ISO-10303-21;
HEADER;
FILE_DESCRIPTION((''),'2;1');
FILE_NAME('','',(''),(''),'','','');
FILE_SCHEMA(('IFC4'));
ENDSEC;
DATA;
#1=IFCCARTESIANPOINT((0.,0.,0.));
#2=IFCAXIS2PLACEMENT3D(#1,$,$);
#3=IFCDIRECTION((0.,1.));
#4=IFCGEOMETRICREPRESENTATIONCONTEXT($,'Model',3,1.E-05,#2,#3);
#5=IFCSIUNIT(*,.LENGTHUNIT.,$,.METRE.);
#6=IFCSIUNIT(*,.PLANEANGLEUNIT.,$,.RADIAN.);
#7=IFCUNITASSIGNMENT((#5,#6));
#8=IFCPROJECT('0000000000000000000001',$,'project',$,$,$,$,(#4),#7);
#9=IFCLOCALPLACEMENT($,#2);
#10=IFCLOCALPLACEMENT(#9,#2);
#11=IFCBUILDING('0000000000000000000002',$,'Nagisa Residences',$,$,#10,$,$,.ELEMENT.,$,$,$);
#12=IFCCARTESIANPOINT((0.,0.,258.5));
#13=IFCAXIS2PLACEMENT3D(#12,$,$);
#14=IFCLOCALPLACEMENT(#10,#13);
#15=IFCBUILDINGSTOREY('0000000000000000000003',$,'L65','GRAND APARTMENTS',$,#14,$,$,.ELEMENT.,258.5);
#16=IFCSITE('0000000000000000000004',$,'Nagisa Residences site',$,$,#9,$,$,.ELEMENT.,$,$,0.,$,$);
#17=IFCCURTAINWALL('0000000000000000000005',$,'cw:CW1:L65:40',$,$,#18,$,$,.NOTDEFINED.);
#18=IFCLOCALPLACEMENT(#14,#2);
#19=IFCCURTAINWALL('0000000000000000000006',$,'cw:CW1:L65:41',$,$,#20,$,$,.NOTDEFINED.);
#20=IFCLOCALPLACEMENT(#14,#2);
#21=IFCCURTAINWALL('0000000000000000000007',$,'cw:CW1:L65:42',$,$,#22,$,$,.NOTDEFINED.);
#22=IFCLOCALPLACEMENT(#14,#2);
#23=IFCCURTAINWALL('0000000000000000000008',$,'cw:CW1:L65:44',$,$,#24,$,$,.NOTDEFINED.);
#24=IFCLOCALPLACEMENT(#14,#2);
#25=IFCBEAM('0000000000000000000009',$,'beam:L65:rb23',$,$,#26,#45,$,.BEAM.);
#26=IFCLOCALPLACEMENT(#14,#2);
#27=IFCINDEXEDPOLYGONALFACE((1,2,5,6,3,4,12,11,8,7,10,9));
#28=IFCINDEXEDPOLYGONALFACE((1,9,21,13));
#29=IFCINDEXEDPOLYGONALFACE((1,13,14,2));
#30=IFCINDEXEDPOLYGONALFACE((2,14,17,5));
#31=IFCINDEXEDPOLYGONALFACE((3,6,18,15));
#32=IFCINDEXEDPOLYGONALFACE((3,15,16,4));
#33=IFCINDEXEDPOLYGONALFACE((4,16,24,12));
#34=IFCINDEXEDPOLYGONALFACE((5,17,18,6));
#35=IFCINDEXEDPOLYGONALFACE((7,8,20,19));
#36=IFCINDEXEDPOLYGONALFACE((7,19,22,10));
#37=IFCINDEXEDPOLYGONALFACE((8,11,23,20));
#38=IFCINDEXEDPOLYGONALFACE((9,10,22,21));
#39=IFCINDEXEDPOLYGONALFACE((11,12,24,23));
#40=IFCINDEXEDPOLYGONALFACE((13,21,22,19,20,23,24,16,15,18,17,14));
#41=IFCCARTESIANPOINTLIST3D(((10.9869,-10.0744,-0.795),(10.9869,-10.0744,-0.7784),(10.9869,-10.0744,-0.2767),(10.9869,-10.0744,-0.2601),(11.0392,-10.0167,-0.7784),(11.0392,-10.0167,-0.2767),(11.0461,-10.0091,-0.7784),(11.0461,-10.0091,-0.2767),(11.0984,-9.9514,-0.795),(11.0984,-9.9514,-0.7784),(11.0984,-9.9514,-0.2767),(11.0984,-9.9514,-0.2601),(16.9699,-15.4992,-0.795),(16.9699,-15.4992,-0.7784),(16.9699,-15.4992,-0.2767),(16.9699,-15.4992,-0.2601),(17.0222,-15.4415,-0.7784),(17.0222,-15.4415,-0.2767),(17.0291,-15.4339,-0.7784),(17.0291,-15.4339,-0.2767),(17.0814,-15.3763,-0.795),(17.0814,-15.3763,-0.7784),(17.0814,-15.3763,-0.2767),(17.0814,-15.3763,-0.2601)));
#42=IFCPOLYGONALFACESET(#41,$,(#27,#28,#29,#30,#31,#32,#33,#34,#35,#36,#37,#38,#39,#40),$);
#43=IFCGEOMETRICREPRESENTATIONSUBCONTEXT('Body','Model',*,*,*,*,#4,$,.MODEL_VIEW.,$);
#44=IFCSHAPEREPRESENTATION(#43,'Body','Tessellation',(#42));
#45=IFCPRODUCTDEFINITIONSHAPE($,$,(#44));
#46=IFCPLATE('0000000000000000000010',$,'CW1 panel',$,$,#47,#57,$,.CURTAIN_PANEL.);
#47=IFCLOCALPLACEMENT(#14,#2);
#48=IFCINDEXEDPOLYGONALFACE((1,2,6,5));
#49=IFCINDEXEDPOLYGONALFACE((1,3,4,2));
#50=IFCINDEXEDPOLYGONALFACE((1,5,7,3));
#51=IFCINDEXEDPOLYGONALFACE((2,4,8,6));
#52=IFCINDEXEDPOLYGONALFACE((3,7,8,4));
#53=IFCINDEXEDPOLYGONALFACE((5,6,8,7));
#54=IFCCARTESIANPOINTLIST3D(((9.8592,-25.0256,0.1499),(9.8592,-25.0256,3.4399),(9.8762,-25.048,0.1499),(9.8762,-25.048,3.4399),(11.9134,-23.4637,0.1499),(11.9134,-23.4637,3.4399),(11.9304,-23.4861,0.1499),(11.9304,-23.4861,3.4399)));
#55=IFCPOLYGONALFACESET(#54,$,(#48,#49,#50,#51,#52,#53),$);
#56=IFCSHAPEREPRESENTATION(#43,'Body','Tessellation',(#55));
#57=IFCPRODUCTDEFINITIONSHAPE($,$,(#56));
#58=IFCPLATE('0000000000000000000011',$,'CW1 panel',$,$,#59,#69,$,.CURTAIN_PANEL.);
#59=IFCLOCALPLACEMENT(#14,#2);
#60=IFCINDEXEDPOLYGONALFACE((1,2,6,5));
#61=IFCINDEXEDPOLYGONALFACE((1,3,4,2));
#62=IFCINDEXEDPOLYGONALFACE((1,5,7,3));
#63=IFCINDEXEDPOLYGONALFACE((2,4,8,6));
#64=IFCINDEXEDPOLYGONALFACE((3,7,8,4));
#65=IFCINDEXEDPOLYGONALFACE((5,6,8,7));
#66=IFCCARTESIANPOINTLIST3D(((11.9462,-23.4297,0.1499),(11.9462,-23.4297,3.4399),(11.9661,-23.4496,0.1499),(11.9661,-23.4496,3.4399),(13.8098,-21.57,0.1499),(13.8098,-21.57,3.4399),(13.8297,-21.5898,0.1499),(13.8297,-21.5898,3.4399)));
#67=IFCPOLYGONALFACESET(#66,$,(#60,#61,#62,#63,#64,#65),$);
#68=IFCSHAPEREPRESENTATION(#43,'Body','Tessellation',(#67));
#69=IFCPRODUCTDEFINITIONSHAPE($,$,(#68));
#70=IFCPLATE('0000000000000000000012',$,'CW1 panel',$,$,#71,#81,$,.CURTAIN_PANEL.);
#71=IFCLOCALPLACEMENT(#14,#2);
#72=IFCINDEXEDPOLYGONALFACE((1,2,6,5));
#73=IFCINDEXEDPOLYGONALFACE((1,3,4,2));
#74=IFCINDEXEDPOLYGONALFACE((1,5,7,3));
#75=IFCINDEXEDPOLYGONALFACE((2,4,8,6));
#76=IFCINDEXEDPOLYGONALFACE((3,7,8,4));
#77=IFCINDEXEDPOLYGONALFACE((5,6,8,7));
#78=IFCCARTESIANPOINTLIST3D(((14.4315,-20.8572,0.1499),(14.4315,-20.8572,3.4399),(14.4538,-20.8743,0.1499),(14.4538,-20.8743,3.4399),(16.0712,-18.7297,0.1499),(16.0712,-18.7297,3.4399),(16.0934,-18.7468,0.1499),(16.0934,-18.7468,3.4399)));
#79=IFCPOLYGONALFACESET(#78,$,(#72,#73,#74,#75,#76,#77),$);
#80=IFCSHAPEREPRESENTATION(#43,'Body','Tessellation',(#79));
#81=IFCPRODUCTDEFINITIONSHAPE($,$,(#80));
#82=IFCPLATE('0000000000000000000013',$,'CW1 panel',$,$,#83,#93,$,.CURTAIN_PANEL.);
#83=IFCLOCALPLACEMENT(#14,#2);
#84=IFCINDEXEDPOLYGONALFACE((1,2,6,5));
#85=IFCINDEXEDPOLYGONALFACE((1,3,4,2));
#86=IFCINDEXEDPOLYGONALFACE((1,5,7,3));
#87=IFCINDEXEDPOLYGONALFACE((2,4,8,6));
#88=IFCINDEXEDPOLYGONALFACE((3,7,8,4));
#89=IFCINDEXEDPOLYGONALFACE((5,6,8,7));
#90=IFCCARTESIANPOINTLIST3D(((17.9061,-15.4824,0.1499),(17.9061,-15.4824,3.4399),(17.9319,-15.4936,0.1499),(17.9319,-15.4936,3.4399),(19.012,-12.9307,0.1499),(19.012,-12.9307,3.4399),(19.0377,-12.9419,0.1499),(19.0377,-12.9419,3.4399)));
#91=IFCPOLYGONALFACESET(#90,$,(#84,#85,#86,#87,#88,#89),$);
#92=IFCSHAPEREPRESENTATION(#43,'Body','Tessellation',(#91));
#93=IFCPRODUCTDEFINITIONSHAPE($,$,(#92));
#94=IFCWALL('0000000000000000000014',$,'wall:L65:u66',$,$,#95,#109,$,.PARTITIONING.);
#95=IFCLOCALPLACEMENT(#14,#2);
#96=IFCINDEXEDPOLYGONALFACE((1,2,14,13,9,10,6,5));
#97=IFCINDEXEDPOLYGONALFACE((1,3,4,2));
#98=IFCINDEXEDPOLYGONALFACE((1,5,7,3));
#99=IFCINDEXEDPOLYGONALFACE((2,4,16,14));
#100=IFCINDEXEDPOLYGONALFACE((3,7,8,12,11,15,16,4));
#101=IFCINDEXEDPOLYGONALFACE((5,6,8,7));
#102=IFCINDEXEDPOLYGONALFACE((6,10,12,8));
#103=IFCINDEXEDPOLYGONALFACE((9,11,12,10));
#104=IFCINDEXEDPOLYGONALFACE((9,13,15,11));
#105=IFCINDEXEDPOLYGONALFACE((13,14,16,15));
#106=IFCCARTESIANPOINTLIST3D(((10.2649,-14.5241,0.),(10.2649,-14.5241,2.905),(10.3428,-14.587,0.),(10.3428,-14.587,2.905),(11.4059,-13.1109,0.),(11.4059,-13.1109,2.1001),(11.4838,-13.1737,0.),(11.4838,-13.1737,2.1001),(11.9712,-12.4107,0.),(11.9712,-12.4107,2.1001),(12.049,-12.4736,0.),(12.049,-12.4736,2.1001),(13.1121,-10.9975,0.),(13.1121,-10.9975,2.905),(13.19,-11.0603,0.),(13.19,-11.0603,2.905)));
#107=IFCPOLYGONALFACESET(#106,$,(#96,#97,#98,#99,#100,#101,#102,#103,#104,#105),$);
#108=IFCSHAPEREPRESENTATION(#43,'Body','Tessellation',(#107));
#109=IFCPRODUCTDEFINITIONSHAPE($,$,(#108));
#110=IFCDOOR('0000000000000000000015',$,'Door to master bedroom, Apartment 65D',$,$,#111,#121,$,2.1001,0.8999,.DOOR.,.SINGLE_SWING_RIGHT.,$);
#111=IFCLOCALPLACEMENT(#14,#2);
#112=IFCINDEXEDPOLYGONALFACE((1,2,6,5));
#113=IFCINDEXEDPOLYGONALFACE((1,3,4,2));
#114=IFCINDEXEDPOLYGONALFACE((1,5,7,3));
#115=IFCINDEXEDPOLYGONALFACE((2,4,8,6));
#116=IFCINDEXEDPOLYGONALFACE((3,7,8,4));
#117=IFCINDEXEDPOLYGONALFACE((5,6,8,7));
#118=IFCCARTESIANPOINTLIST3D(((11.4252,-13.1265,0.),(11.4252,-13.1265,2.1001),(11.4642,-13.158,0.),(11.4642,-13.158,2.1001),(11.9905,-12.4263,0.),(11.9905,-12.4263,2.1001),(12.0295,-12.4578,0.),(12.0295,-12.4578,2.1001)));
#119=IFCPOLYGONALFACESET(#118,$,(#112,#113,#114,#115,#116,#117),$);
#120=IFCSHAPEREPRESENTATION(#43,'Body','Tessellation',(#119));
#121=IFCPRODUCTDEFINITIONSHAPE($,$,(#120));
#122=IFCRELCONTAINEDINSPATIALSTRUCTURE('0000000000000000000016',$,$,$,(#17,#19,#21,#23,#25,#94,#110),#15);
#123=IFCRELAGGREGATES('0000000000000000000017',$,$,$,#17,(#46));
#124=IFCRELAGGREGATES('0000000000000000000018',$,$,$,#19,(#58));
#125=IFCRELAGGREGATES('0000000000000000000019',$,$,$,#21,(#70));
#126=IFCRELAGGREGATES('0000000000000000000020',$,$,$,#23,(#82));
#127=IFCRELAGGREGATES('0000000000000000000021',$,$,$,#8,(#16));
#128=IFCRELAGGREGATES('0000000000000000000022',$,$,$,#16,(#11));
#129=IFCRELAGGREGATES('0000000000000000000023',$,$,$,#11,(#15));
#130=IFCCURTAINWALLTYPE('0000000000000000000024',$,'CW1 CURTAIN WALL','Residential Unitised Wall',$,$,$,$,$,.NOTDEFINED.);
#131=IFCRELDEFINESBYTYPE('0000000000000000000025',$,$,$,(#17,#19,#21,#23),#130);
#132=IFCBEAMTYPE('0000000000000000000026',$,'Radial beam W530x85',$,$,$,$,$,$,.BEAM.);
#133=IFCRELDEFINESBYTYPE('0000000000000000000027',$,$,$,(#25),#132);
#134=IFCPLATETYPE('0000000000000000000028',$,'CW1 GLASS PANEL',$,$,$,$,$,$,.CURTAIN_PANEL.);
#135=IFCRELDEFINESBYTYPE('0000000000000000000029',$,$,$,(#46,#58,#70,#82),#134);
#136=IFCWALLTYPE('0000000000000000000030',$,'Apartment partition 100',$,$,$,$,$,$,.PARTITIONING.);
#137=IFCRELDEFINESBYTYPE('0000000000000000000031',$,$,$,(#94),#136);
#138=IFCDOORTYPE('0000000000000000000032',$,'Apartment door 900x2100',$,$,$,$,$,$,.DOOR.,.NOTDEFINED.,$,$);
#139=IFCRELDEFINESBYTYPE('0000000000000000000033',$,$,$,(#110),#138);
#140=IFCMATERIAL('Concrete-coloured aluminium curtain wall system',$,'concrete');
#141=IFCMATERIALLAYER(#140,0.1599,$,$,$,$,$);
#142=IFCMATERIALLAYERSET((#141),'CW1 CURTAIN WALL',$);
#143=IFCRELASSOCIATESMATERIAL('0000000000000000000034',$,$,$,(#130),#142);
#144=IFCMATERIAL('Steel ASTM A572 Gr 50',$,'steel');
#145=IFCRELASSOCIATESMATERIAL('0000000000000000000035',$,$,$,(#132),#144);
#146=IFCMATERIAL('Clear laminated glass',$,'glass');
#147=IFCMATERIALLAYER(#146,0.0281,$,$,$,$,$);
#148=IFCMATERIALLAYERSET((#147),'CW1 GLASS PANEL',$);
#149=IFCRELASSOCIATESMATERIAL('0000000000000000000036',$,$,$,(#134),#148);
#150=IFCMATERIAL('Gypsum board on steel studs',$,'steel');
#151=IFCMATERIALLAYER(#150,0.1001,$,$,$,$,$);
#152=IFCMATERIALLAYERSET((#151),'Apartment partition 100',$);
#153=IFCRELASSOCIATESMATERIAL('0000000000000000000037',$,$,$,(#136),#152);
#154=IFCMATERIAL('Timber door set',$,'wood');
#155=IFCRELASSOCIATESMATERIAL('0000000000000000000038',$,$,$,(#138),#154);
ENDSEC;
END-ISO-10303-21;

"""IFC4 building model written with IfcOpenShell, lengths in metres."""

from ifc_helpers import new_model, si_unit, direction, frame, frame_2d, origin, origin_2d, place, context, subcontext, project, spatial, rectangle, i_section, extrude, material, layer, layer_set, material_profile, profile_set, type_object, element, fill, aggregate, save


model = new_model("IFC4")

# Units and contexts
model_context = context("Model", 3, precision=1e-05, world=origin(), true_north=direction((0.0, 1.0)))
body_context = subcontext(model_context, "Body", "Model", "MODEL_VIEW")
ifc_project = project(units=[si_unit("LENGTHUNIT", "METRE"), si_unit("PLANEANGLEUNIT", "RADIAN")], contexts=[model_context])

# Site, building, storey
site_placement = place(None, origin())
site = spatial("IfcSite", under=ifc_project, at=site_placement, Name="Nagisa Residences site", CompositionType="ELEMENT", RefElevation=0.0)
building_placement = place(site_placement, origin())
building = spatial("IfcBuilding", under=site, at=building_placement, Name="Nagisa Residences", CompositionType="ELEMENT")
storey_placement = place(building_placement, frame((0.0, 0.0, 258.5)))
storey = spatial("IfcBuildingStorey", under=building, at=storey_placement, Name="L65", Description="GRAND APARTMENTS", CompositionType="ELEMENT", Elevation=258.5)

# Curtain walls
ifc_material_1 = material(Name="Concrete-coloured aluminium curtain wall system", Category="concrete")
ifc_layer_1 = layer(ifc_material_1, 0.1599)
ifc_layer_set_1 = layer_set([ifc_layer_1], Name="CW1 CURTAIN WALL")
curtain_wall_type = type_object("IfcCurtainWallType", Name="CW1 CURTAIN WALL", Description="Residential Unitised Wall", PredefinedType="NOTDEFINED", material=ifc_layer_set_1)
curtain_wall_1_placement = place(storey_placement, origin())
curtain_wall_1 = element("IfcCurtainWall", 1, at=curtain_wall_1_placement, inside=storey, type_object=curtain_wall_type, Name="cw:CW1:L65:40", PredefinedType="NOTDEFINED")
curtain_wall_2_placement = place(storey_placement, origin())
curtain_wall_2 = element("IfcCurtainWall", 2, at=curtain_wall_2_placement, inside=storey, type_object=curtain_wall_type, Name="cw:CW1:L65:41", PredefinedType="NOTDEFINED")
curtain_wall_3_placement = place(storey_placement, origin())
curtain_wall_3 = element("IfcCurtainWall", 3, at=curtain_wall_3_placement, inside=storey, type_object=curtain_wall_type, Name="cw:CW1:L65:42", PredefinedType="NOTDEFINED")
curtain_wall_4_placement = place(storey_placement, origin())
curtain_wall_4 = element("IfcCurtainWall", 4, at=curtain_wall_4_placement, inside=storey, type_object=curtain_wall_type, Name="cw:CW1:L65:44", PredefinedType="NOTDEFINED")

# Beam
ifc_material_2 = material(Name="Steel ASTM A572 Gr 50", Category="steel")
ifc_material_profile_1 = material_profile(ifc_material_2, i_section(OverallWidth=0.166, OverallDepth=0.5349, WebThickness=0.0103, FlangeThickness=0.0166, at=origin_2d()), Name="W530x85")
ifc_profile_set_1 = profile_set([ifc_material_profile_1], Name="Steel ASTM A572 Gr 50")
beam_type = type_object("IfcBeamType", Name="Radial beam W530x85", PredefinedType="BEAM", material=ifc_profile_set_1)
beam_1_placement = place(storey_placement, frame((17.0256, -15.4377, -0.5276), z_axis=(-0.740815, 0.671709, 0.0), x_axis=(-0.671709, -0.740815, 0.0)))
element("IfcBeam", 5, at=beam_1_placement, inside=storey, type_object=beam_type, Name="beam:L65:rb23", PredefinedType="BEAM", context=body_context, shape_type="SweptSolid", body=[
    extrude(i_section(OverallWidth=0.166, OverallDepth=0.5349, WebThickness=0.0103, FlangeThickness=0.0166, at=origin_2d()), origin(), (0.0, 0.0, 1.0), 8.0762),
])

# Plates
ifc_material_3 = material(Name="Clear laminated glass", Category="glass")
ifc_layer_2 = layer(ifc_material_3, 0.0281)
ifc_layer_set_2 = layer_set([ifc_layer_2], Name="CW1 GLASS PANEL")
plate_type = type_object("IfcPlateType", Name="CW1 GLASS PANEL", PredefinedType="CURTAIN_PANEL", material=ifc_layer_set_2)
plate_1_placement = place(storey_placement, frame((10.8948, -24.2559, 0.1499), z_axis=(0.0, 0.0, 1.0), x_axis=(0.796031, 0.605255, 0.0)))
plate_1 = element("IfcPlate", 6, at=plate_1_placement, type_object=plate_type, Name="CW1 panel", PredefinedType="CURTAIN_PANEL", context=body_context, shape_type="SweptSolid", body=[
    extrude(rectangle(XDim=2.5806, YDim=0.0281, at=origin_2d()), origin(), (0.0, 0.0, 1.0), 3.29),
])
aggregate(curtain_wall_1, [plate_1])
plate_2_placement = place(storey_placement, frame((12.8879, -22.5098, 0.1499), z_axis=(0.0, 0.0, 1.0), x_axis=(0.707836, 0.706377, 0.0)))
plate_2 = element("IfcPlate", 7, at=plate_2_placement, type_object=plate_type, Name="CW1 panel", PredefinedType="CURTAIN_PANEL", context=body_context, shape_type="SweptSolid", body=[
    extrude(rectangle(XDim=2.6328, YDim=0.0281, at=origin_2d()), origin(), (0.0, 0.0, 1.0), 3.29),
])
aggregate(curtain_wall_2, [plate_2])
plate_3_placement = place(storey_placement, frame((15.2625, -19.802, 0.1499), z_axis=(0.0, 0.0, 1.0), x_axis=(0.61043, 0.79207, 0.0)))
plate_3 = element("IfcPlate", 8, at=plate_3_placement, type_object=plate_type, Name="CW1 panel", PredefinedType="CURTAIN_PANEL", context=body_context, shape_type="SweptSolid", body=[
    extrude(rectangle(XDim=2.686, YDim=0.0281, at=origin_2d()), origin(), (0.0, 0.0, 1.0), 3.29),
])
aggregate(curtain_wall_3, [plate_3])
plate_4_placement = place(storey_placement, frame((18.4719, -14.2122, 0.1499), z_axis=(0.0, 0.0, 1.0), x_axis=(0.397636, 0.917543, 0.0)))
plate_4 = element("IfcPlate", 9, at=plate_4_placement, type_object=plate_type, Name="CW1 panel", PredefinedType="CURTAIN_PANEL", context=body_context, shape_type="SweptSolid", body=[
    extrude(rectangle(XDim=2.781, YDim=0.0281, at=origin_2d()), origin(), (0.0, 0.0, 1.0), 3.29),
])
aggregate(curtain_wall_4, [plate_4])

# Wall, opening, door
ifc_material_4 = material(Name="Gypsum board on steel studs", Category="steel")
ifc_layer_3 = layer(ifc_material_4, 0.1001)
ifc_layer_set_3 = layer_set([ifc_layer_3], Name="Apartment partition 100")
wall_type_1 = type_object("IfcWallType", Name="Apartment partition 100", PredefinedType="PARTITIONING", material=ifc_layer_set_3)
wall_1_placement = place(storey_placement, frame((10.304, -14.5554, 0.0), z_axis=(0.0, 0.0, 1.0), x_axis=(0.62817, 0.778076, 0.0)))
wall_1 = element("IfcWall", 10, at=wall_1_placement, inside=storey, type_object=wall_type_1, Name="wall:L65:u66", PredefinedType="PARTITIONING", context=body_context, shape_type="SweptSolid", body=[
    extrude(rectangle(XDim=4.5325, YDim=0.1001, at=frame_2d((2.2661, 0.0))), origin(), (0.0, 0.0, 1.0), 2.905),
])
opening_1_placement = place(wall_1_placement, frame((1.8162, 0.0, 0.0)))
opening_1 = element("IfcOpeningElement", 11, at=opening_1_placement, cuts=wall_1, PredefinedType="OPENING", context=body_context, shape_type="SweptSolid", body=[
    extrude(rectangle(XDim=0.8999, YDim=2.1001, at=frame_2d((0.45, 1.05))), frame((0.0, 0.0601, 0.0), z_axis=(0.0, -1.0, 0.0), x_axis=(1.0, 0.0, 0.0)), (0.0, 0.0, 1.0), 0.1201),
])
ifc_material_5 = material(Name="Timber door set", Category="wood")
door_type_1 = type_object("IfcDoorType", Name="Apartment door 900x2100", OperationType="NOTDEFINED", PredefinedType="DOOR", material=ifc_material_5)
door_1_placement = place(opening_1_placement, frame((0.8999, 0.0, 0.0), x_axis=(-1.0, 0.0, 0.0)))
door_1 = element("IfcDoor", 12, at=door_1_placement, inside=storey, type_object=door_type_1, Name="Door to master bedroom, Apartment 65D", OperationType="SINGLE_SWING_RIGHT", OverallHeight=2.1001, OverallWidth=0.8999, PredefinedType="DOOR", context=body_context, shape_type="SweptSolid", body=[
    extrude(rectangle(XDim=0.8999, YDim=2.1001, at=frame_2d((0.45, 1.05))), frame((0.0, 0.0249, 0.0), z_axis=(0.0, -1.0, 0.0), x_axis=(1.0, 0.0, 0.0)), (0.0, 0.0, 1.0), 0.05),
])
fill(opening_1, door_1)

save(model, "model.ifc")
